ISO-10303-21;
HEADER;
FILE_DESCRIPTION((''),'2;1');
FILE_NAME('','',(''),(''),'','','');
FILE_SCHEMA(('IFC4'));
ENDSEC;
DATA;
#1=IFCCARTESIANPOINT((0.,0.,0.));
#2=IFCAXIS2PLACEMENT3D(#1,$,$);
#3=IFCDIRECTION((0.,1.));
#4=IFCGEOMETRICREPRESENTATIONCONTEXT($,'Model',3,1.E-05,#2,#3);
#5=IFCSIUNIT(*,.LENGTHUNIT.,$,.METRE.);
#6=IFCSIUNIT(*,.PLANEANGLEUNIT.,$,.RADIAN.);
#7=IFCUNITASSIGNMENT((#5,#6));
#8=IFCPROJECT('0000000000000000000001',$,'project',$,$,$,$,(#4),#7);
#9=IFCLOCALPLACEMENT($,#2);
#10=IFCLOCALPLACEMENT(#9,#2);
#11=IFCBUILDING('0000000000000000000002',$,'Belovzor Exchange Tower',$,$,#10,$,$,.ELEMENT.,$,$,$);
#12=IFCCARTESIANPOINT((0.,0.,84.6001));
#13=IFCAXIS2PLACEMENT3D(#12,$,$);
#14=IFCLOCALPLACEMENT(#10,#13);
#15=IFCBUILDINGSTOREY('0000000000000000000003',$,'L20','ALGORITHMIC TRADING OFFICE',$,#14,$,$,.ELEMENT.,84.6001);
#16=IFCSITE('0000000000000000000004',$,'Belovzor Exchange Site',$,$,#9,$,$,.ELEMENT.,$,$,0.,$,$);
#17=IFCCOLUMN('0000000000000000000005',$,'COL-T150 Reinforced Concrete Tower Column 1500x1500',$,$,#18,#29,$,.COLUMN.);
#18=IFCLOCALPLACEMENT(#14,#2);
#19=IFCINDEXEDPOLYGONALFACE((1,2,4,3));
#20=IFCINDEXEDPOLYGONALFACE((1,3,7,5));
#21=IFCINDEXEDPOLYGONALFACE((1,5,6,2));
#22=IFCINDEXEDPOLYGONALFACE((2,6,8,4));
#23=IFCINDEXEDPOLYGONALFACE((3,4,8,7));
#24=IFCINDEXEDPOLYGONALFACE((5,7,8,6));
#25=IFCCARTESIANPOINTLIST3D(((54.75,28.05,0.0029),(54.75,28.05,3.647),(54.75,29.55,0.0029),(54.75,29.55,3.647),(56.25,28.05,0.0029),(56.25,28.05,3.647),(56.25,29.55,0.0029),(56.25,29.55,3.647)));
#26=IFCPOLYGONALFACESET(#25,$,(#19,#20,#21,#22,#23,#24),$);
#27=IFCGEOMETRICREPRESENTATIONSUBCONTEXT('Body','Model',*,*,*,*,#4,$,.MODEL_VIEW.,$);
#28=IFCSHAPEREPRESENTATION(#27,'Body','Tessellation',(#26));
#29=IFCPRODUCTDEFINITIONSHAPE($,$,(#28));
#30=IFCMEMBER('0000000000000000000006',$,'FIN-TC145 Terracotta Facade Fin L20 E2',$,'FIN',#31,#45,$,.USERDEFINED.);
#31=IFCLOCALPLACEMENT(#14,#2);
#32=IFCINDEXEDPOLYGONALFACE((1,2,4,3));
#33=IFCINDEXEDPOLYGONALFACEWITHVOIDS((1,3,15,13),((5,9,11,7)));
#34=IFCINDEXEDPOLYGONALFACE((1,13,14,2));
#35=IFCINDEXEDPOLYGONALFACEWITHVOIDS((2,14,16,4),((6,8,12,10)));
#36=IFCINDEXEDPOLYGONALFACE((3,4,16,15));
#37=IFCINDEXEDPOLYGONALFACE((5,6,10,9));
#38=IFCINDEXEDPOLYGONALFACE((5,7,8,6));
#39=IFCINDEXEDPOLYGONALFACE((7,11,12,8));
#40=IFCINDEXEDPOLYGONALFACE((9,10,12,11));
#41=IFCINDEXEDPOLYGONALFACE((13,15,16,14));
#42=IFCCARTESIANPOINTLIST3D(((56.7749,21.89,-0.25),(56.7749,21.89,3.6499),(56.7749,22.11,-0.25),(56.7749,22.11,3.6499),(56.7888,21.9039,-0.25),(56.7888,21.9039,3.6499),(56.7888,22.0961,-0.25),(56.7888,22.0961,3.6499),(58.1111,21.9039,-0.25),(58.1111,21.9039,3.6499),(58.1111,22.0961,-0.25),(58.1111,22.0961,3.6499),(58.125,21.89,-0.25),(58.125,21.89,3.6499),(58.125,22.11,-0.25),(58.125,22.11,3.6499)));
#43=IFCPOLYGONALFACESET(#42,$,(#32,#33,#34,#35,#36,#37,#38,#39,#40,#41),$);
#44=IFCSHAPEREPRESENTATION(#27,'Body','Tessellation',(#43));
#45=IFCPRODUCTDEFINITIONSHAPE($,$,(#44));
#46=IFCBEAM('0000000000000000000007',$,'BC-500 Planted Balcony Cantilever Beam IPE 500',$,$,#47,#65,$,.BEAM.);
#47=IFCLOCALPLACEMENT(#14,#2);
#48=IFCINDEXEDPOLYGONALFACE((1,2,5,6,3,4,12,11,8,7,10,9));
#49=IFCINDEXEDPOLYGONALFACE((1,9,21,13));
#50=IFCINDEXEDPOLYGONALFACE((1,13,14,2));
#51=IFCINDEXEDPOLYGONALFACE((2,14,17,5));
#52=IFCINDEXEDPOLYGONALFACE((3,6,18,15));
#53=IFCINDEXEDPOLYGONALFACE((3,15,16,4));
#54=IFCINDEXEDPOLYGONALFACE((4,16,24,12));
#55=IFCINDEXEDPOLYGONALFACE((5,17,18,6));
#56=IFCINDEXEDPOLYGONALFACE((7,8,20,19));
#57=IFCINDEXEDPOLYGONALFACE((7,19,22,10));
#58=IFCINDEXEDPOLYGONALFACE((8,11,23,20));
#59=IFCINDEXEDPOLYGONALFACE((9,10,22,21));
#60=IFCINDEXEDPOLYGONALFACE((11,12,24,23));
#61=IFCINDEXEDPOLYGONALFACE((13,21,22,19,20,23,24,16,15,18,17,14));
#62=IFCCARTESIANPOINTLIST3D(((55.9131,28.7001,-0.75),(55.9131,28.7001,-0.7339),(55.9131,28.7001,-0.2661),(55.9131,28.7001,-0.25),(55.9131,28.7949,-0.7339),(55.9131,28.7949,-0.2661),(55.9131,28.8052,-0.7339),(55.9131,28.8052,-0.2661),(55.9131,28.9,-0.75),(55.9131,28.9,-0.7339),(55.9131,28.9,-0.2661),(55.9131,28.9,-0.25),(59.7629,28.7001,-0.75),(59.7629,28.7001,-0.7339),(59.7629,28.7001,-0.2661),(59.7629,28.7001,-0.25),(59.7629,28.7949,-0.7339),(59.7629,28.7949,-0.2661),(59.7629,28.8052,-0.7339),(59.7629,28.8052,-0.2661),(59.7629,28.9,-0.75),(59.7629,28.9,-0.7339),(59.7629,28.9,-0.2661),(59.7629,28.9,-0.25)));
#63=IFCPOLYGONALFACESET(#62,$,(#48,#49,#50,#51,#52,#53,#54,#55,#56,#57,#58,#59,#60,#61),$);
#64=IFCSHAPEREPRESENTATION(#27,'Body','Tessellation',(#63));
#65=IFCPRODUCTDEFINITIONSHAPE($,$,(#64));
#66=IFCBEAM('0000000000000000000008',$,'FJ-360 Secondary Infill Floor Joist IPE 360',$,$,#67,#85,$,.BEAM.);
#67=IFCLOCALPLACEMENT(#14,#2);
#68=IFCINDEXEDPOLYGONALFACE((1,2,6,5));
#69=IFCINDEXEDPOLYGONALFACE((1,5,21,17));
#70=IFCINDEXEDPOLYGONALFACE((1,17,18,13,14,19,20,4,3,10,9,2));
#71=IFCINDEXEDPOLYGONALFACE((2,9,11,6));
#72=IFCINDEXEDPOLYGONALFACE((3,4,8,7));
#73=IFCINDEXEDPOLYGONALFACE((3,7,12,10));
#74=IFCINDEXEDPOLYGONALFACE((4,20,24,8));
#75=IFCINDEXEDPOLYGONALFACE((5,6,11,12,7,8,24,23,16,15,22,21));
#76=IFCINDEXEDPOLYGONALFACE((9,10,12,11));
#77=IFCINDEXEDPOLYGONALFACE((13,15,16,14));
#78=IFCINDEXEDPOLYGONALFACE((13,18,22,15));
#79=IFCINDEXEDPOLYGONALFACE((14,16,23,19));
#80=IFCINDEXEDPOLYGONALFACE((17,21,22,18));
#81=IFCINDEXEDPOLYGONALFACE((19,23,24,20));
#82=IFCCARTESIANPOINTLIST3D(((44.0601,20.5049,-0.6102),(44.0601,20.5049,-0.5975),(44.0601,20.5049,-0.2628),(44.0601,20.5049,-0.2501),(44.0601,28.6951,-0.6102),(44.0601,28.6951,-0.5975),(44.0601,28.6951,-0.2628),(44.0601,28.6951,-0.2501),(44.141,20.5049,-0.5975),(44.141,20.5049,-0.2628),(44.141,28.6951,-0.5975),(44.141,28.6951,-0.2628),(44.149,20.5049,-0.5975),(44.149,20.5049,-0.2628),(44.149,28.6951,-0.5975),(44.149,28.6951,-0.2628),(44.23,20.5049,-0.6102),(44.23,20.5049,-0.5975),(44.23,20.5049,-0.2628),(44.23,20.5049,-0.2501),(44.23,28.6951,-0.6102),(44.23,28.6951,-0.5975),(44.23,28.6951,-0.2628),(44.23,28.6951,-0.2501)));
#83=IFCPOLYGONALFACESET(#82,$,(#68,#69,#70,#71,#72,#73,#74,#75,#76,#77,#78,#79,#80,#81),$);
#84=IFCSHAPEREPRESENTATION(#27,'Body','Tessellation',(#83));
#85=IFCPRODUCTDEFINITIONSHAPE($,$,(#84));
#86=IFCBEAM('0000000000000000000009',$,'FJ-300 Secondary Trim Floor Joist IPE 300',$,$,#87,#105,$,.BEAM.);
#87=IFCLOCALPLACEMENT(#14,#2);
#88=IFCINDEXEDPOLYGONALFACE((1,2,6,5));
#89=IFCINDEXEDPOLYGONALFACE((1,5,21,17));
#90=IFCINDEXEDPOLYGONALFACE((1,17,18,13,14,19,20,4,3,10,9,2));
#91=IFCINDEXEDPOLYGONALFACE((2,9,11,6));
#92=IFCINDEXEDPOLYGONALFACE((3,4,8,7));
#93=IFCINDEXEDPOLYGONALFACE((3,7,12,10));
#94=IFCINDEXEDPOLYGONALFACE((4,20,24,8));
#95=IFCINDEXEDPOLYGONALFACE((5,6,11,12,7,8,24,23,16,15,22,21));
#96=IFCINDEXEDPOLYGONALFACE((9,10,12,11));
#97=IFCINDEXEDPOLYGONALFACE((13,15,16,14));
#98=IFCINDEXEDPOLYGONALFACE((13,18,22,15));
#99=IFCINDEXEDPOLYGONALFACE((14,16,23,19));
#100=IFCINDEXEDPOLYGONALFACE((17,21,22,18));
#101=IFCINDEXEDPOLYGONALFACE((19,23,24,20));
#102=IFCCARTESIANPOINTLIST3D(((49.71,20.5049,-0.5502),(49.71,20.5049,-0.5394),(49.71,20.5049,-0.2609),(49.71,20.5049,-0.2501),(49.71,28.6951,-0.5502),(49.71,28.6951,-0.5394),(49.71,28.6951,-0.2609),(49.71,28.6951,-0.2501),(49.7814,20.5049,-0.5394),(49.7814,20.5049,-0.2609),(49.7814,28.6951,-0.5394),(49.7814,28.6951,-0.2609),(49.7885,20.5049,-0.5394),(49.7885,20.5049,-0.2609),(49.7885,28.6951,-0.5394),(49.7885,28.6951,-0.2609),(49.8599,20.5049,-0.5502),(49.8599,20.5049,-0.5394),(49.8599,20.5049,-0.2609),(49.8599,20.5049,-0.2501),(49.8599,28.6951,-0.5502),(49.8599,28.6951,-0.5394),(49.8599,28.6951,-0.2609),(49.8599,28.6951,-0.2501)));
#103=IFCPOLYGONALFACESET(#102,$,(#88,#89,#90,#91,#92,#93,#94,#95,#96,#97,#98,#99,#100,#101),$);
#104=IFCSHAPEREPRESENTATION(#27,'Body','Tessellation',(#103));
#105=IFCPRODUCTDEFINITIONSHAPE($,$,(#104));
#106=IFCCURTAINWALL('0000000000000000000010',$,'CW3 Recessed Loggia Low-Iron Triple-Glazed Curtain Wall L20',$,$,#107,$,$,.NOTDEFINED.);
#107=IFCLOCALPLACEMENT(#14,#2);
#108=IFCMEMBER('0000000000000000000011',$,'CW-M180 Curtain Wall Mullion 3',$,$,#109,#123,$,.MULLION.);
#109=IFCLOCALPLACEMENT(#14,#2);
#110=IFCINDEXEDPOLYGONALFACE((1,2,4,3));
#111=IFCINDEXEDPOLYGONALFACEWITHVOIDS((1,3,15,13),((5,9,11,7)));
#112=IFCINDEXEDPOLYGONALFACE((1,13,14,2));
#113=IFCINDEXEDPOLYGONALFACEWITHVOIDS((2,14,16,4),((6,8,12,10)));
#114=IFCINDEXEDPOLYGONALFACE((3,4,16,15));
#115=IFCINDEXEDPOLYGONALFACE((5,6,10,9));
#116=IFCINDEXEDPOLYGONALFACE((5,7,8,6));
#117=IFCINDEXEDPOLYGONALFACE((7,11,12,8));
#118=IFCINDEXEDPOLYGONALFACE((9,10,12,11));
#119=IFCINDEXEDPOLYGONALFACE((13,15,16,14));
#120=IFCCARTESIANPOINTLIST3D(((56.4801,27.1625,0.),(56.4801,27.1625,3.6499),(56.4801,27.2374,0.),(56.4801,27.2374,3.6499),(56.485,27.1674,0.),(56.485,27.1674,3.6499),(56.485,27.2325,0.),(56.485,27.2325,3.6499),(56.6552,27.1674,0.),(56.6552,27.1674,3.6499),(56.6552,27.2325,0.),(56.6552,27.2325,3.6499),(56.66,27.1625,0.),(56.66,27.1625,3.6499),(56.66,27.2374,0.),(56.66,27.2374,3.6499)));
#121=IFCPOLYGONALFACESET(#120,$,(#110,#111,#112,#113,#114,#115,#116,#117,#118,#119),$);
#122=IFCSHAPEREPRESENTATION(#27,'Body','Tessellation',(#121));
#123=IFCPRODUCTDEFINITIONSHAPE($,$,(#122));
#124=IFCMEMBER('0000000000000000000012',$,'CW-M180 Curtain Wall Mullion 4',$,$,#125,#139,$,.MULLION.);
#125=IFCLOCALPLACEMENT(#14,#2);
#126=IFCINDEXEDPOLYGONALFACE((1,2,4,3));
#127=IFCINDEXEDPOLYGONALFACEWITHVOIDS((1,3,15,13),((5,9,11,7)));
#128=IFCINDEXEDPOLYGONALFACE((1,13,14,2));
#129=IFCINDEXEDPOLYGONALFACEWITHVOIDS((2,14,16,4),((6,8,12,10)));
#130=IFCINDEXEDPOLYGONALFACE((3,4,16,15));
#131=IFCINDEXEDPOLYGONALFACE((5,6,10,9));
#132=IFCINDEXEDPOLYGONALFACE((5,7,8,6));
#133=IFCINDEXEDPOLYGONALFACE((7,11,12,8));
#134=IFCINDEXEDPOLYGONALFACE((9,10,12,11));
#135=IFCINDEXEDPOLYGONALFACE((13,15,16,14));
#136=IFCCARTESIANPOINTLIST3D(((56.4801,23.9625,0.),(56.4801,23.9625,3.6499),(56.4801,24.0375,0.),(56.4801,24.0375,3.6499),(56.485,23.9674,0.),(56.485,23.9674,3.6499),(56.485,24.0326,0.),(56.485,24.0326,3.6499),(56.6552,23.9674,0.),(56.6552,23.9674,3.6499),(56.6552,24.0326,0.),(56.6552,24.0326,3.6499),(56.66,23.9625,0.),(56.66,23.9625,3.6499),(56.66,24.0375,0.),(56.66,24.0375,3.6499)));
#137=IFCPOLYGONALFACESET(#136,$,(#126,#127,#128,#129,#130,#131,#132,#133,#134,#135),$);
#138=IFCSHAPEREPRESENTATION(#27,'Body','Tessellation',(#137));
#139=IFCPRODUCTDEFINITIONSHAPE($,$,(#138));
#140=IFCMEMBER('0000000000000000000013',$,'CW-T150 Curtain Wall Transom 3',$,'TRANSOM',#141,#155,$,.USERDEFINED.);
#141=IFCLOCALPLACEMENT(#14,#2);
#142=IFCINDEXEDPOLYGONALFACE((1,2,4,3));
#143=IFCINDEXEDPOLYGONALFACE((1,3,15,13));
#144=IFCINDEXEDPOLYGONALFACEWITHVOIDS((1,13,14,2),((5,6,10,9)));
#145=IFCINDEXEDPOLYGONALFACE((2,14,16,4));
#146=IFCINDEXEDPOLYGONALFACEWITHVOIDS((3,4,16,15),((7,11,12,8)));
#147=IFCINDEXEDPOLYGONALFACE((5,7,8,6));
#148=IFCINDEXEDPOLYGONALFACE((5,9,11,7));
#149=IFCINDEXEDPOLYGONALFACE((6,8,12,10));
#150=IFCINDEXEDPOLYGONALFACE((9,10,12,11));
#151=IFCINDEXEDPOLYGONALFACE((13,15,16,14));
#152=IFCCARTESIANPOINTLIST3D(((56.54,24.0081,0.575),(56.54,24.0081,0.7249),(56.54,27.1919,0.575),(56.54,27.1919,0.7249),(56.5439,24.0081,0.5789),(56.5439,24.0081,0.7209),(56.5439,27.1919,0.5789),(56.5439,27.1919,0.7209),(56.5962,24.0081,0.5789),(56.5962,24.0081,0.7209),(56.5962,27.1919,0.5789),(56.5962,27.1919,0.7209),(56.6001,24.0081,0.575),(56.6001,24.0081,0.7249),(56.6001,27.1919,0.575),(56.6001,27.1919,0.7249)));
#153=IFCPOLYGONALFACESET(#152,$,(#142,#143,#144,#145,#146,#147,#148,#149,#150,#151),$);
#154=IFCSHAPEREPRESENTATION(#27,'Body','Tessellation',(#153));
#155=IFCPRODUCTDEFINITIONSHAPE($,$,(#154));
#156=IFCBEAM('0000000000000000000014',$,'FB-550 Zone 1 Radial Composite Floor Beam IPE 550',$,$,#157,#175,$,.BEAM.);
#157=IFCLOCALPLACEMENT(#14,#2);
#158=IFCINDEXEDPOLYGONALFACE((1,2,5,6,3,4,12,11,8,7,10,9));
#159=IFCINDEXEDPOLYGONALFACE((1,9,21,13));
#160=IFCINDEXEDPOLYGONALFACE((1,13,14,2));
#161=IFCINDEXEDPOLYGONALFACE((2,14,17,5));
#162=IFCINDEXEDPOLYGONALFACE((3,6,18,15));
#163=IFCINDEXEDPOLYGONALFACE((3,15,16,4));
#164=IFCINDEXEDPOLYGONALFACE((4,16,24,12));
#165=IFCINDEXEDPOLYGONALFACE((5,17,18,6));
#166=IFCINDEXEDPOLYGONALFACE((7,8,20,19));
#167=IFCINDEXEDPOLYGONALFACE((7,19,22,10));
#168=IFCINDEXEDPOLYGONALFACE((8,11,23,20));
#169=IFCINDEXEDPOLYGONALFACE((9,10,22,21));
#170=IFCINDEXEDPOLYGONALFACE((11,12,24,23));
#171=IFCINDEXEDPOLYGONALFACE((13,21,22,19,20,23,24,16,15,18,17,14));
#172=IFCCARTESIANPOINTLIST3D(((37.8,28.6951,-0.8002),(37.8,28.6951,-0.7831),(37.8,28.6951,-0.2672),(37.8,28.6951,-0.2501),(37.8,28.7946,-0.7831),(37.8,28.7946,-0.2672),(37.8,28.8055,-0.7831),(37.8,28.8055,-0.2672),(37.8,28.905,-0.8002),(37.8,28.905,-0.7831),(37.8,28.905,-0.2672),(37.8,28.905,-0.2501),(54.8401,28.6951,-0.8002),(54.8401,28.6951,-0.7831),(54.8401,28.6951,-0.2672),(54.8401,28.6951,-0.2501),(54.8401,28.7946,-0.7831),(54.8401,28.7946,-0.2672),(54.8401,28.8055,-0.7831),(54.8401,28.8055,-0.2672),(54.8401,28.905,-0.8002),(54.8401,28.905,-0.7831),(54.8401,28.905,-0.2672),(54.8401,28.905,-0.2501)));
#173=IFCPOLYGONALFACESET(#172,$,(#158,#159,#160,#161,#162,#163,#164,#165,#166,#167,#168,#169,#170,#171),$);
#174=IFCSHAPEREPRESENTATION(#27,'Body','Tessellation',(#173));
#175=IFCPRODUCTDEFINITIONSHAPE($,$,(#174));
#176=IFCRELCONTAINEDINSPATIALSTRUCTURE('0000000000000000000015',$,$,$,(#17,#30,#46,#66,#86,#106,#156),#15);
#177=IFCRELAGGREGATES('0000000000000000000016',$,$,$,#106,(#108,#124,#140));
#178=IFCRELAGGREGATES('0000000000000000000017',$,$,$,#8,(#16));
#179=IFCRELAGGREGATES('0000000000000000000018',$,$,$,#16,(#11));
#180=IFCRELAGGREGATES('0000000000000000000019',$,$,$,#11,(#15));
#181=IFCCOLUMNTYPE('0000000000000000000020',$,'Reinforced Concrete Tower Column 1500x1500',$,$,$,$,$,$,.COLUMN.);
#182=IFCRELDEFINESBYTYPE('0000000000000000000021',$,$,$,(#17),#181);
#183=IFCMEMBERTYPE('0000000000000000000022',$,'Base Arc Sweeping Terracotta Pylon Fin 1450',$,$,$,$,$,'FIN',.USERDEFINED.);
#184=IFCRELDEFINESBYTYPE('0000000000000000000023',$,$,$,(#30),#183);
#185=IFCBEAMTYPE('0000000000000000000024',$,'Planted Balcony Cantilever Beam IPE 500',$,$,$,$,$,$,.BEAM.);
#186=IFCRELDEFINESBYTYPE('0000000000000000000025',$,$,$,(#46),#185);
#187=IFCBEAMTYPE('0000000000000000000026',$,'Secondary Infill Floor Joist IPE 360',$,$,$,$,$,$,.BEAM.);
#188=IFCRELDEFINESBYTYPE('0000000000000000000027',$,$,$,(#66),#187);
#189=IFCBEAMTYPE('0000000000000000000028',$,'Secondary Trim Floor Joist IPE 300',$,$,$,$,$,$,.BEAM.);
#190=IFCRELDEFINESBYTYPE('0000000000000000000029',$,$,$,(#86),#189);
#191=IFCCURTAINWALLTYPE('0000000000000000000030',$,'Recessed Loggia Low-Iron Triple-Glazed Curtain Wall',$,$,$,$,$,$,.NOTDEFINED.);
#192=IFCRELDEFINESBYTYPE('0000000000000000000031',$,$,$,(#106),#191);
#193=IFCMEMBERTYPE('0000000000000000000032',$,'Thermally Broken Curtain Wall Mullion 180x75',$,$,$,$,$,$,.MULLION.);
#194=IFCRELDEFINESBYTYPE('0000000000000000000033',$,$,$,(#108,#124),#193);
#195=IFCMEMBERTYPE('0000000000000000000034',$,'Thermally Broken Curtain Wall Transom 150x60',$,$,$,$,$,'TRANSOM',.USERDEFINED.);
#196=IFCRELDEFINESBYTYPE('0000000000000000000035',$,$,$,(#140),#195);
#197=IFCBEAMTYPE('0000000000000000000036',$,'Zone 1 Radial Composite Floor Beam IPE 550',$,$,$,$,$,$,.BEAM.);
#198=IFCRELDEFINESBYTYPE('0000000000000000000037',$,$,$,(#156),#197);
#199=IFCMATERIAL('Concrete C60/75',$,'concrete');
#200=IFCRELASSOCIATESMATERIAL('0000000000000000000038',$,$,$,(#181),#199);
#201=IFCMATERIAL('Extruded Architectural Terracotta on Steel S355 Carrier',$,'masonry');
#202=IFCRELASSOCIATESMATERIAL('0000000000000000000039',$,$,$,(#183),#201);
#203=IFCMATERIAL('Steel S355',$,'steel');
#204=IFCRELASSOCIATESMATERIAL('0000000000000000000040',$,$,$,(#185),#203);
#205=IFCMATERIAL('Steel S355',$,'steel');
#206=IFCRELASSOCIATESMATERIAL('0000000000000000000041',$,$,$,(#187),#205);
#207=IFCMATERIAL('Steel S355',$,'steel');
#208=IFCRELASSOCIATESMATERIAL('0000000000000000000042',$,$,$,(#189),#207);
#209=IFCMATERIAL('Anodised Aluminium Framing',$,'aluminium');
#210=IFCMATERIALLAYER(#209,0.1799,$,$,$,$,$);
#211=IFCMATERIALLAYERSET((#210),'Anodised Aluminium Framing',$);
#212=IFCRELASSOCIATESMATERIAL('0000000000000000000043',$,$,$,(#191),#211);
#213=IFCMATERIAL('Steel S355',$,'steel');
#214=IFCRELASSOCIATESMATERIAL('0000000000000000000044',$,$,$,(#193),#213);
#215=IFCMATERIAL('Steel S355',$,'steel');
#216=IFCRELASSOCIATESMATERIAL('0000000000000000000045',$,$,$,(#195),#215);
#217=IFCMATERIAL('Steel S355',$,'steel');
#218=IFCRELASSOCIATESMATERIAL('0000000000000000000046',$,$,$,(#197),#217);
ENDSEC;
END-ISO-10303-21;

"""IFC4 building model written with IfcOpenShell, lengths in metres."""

from ifc_helpers import new_model, si_unit, direction, frame, origin, origin_2d, place, context, subcontext, project, spatial, rectangle, hollow_rectangle, i_section, extrude, material, layer, layer_set, material_profile, profile_set, type_object, element, aggregate, save


model = new_model("IFC4")

# Units and contexts
model_context = context("Model", 3, precision=1e-05, world=origin(), true_north=direction((0.0, 1.0)))
body_context = subcontext(model_context, "Body", "Model", "MODEL_VIEW")
ifc_project = project(units=[si_unit("LENGTHUNIT", "METRE"), si_unit("PLANEANGLEUNIT", "RADIAN")], contexts=[model_context])

# Site, building, storey
site_placement = place(None, origin())
site = spatial("IfcSite", under=ifc_project, at=site_placement, Name="Belovzor Exchange Site", CompositionType="ELEMENT", RefElevation=0.0)
building_placement = place(site_placement, origin())
building = spatial("IfcBuilding", under=site, at=building_placement, Name="Belovzor Exchange Tower", CompositionType="ELEMENT")
storey_placement = place(building_placement, frame((0.0, 0.0, 84.6001)))
storey = spatial("IfcBuildingStorey", under=building, at=storey_placement, Name="L20", Description="ALGORITHMIC TRADING OFFICE", CompositionType="ELEMENT", Elevation=84.6001)

# Column
ifc_material_1 = material(Name="Concrete C60/75", Category="concrete")
ifc_material_profile_1 = material_profile(ifc_material_1, rectangle(XDim=1.5, YDim=1.5, at=origin_2d()))
ifc_profile_set_1 = profile_set([ifc_material_profile_1], Name="Concrete C60/75")
column_type = type_object("IfcColumnType", Name="Reinforced Concrete Tower Column 1500x1500", PredefinedType="COLUMN", material=ifc_profile_set_1)
column_placement = place(storey_placement, frame((55.5, 28.8, 0.0029), z_axis=(0.0, 0.0, 1.0), x_axis=(1.0, 0.0, 0.0)))
element("IfcColumn", 1, at=column_placement, inside=storey, type_object=column_type, Name="COL-T150 Reinforced Concrete Tower Column 1500x1500", PredefinedType="COLUMN", context=body_context, shape_type="SweptSolid", body=[
    extrude(rectangle(XDim=1.5, YDim=1.5, at=origin_2d()), origin(), (0.0, 0.0, 1.0), 3.644),
])

# Member
ifc_material_2 = material(Name="Extruded Architectural Terracotta on Steel S355 Carrier", Category="masonry")
ifc_material_profile_2 = material_profile(ifc_material_2, hollow_rectangle(XDim=0.22, YDim=1.3501, WallThickness=0.0139, at=origin_2d()))
ifc_profile_set_2 = profile_set([ifc_material_profile_2], Name="Extruded Architectural Terracotta on Steel S355 Carrier")
member_type_1 = type_object("IfcMemberType", Name="Base Arc Sweeping Terracotta Pylon Fin 1450", ElementType="FIN", PredefinedType="USERDEFINED", material=ifc_profile_set_2)
member_1_placement = place(storey_placement, frame((57.45, 22.0, -0.25), z_axis=(0.0, 0.0, 1.0), x_axis=(0.0, 1.0, 0.0)))
element("IfcMember", 2, at=member_1_placement, inside=storey, type_object=member_type_1, Name="FIN-TC145 Terracotta Facade Fin L20 E2", ObjectType="FIN", PredefinedType="USERDEFINED", context=body_context, shape_type="SweptSolid", body=[
    extrude(hollow_rectangle(XDim=0.22, YDim=1.3501, WallThickness=0.0139, at=origin_2d()), origin(), (0.0, 0.0, 1.0), 3.8999),
])

# Beams
ifc_material_3 = material(Name="Steel S355", Category="steel")
ifc_material_profile_3 = material_profile(ifc_material_3, i_section(OverallWidth=0.2, OverallDepth=0.5, WebThickness=0.0103, FlangeThickness=0.0161, at=origin_2d()))
ifc_profile_set_3 = profile_set([ifc_material_profile_3], Name="Steel S355")
beam_type_1 = type_object("IfcBeamType", Name="Planted Balcony Cantilever Beam IPE 500", PredefinedType="BEAM", material=ifc_profile_set_3)
beam_1_placement = place(storey_placement, frame((55.9131, 28.8, -0.5), z_axis=(1.0, 0.0, 0.0), x_axis=(0.0, 1.0, 0.0)))
element("IfcBeam", 3, at=beam_1_placement, inside=storey, type_object=beam_type_1, Name="BC-500 Planted Balcony Cantilever Beam IPE 500", PredefinedType="BEAM", context=body_context, shape_type="SweptSolid", body=[
    extrude(i_section(OverallWidth=0.2, OverallDepth=0.5, WebThickness=0.0103, FlangeThickness=0.0161, at=origin_2d()), origin(), (0.0, 0.0, 1.0), 3.8499),
])
ifc_material_4 = material(Name="Steel S355", Category="steel")
ifc_material_profile_4 = material_profile(ifc_material_4, i_section(OverallWidth=0.1699, OverallDepth=0.3601, WebThickness=0.0081, FlangeThickness=0.0127, at=origin_2d()))
ifc_profile_set_4 = profile_set([ifc_material_profile_4], Name="Steel S355")
beam_type_2 = type_object("IfcBeamType", Name="Secondary Infill Floor Joist IPE 360", PredefinedType="BEAM", material=ifc_profile_set_4)
beam_2_placement = place(storey_placement, frame((44.145, 20.5049, -0.4302), z_axis=(0.0, 1.0, 0.0), x_axis=(-1.0, 0.0, 0.0)))
element("IfcBeam", 4, at=beam_2_placement, inside=storey, type_object=beam_type_2, Name="FJ-360 Secondary Infill Floor Joist IPE 360", PredefinedType="BEAM", context=body_context, shape_type="SweptSolid", body=[
    extrude(i_section(OverallWidth=0.1699, OverallDepth=0.3601, WebThickness=0.0081, FlangeThickness=0.0127, at=origin_2d()), origin(), (0.0, 0.0, 1.0), 8.1902),
])
ifc_material_5 = material(Name="Steel S355", Category="steel")
ifc_material_profile_5 = material_profile(ifc_material_5, i_section(OverallWidth=0.1499, OverallDepth=0.3, WebThickness=0.0071, FlangeThickness=0.0107, at=origin_2d()))
ifc_profile_set_5 = profile_set([ifc_material_profile_5], Name="Steel S355")
beam_type_3 = type_object("IfcBeamType", Name="Secondary Trim Floor Joist IPE 300", PredefinedType="BEAM", material=ifc_profile_set_5)
beam_3_placement = place(storey_placement, frame((49.7849, 20.5049, -0.4001), z_axis=(0.0, 1.0, 0.0), x_axis=(-1.0, 0.0, 0.0)))
element("IfcBeam", 5, at=beam_3_placement, inside=storey, type_object=beam_type_3, Name="FJ-300 Secondary Trim Floor Joist IPE 300", PredefinedType="BEAM", context=body_context, shape_type="SweptSolid", body=[
    extrude(i_section(OverallWidth=0.1499, OverallDepth=0.3, WebThickness=0.0071, FlangeThickness=0.0107, at=origin_2d()), origin(), (0.0, 0.0, 1.0), 8.1902),
])

# Curtain wall, members
ifc_material_6 = material(Name="Anodised Aluminium Framing", Category="aluminium")
ifc_layer_1 = layer(ifc_material_6, 0.1799)
ifc_layer_set_1 = layer_set([ifc_layer_1], Name="Anodised Aluminium Framing")
curtain_wall_type = type_object("IfcCurtainWallType", Name="Recessed Loggia Low-Iron Triple-Glazed Curtain Wall", PredefinedType="NOTDEFINED", material=ifc_layer_set_1)
curtain_wall_placement = place(storey_placement, origin())
curtain_wall = element("IfcCurtainWall", 6, at=curtain_wall_placement, inside=storey, type_object=curtain_wall_type, Name="CW3 Recessed Loggia Low-Iron Triple-Glazed Curtain Wall L20", PredefinedType="NOTDEFINED")
ifc_material_7 = material(Name="Steel S355", Category="steel")
ifc_material_profile_6 = material_profile(ifc_material_7, hollow_rectangle(XDim=0.075, YDim=0.1799, WallThickness=0.0049, at=origin_2d()))
ifc_profile_set_6 = profile_set([ifc_material_profile_6], Name="Steel S355")
member_type_2 = type_object("IfcMemberType", Name="Thermally Broken Curtain Wall Mullion 180x75", PredefinedType="MULLION", material=ifc_profile_set_6)
member_2_placement = place(storey_placement, frame((56.5701, 27.2, 0.0), z_axis=(0.0, 0.0, 1.0), x_axis=(0.0, -1.0, 0.0)))
member_2 = element("IfcMember", 7, at=member_2_placement, type_object=member_type_2, Name="CW-M180 Curtain Wall Mullion 3", PredefinedType="MULLION", context=body_context, shape_type="SweptSolid", body=[
    extrude(hollow_rectangle(XDim=0.075, YDim=0.1799, WallThickness=0.0049, at=origin_2d()), origin(), (0.0, 0.0, 1.0), 3.6499),
])
member_3_placement = place(storey_placement, frame((56.5701, 24.0, 0.0), z_axis=(0.0, 0.0, 1.0), x_axis=(0.0, -1.0, 0.0)))
member_3 = element("IfcMember", 8, at=member_3_placement, type_object=member_type_2, Name="CW-M180 Curtain Wall Mullion 4", PredefinedType="MULLION", context=body_context, shape_type="SweptSolid", body=[
    extrude(hollow_rectangle(XDim=0.075, YDim=0.1799, WallThickness=0.0049, at=origin_2d()), origin(), (0.0, 0.0, 1.0), 3.6499),
])
ifc_material_8 = material(Name="Steel S355", Category="steel")
ifc_material_profile_7 = material_profile(ifc_material_8, hollow_rectangle(XDim=0.0601, YDim=0.1499, WallThickness=0.0039, at=origin_2d()))
ifc_profile_set_7 = profile_set([ifc_material_profile_7], Name="Steel S355")
member_type_3 = type_object("IfcMemberType", Name="Thermally Broken Curtain Wall Transom 150x60", ElementType="TRANSOM", PredefinedType="USERDEFINED", material=ifc_profile_set_7)
member_4_placement = place(storey_placement, frame((56.5701, 27.1919, 0.6499), z_axis=(0.0, -1.0, 0.0), x_axis=(1.0, 0.0, 0.0)))
member_4 = element("IfcMember", 9, at=member_4_placement, type_object=member_type_3, Name="CW-T150 Curtain Wall Transom 3", ObjectType="TRANSOM", PredefinedType="USERDEFINED", context=body_context, shape_type="SweptSolid", body=[
    extrude(hollow_rectangle(XDim=0.0601, YDim=0.1499, WallThickness=0.0039, at=origin_2d()), origin(), (0.0, 0.0, 1.0), 3.1838),
])

# Beam
ifc_material_9 = material(Name="Steel S355", Category="steel")
ifc_material_profile_8 = material_profile(ifc_material_9, i_section(OverallWidth=0.21, OverallDepth=0.55, WebThickness=0.011, FlangeThickness=0.0171, at=origin_2d()))
ifc_profile_set_8 = profile_set([ifc_material_profile_8], Name="Steel S355")
beam_type_4 = type_object("IfcBeamType", Name="Zone 1 Radial Composite Floor Beam IPE 550", PredefinedType="BEAM", material=ifc_profile_set_8)
beam_4_placement = place(storey_placement, frame((37.8, 28.8, -0.5251), z_axis=(1.0, 0.0, 0.0), x_axis=(0.0, 1.0, 0.0)))
element("IfcBeam", 10, at=beam_4_placement, inside=storey, type_object=beam_type_4, Name="FB-550 Zone 1 Radial Composite Floor Beam IPE 550", PredefinedType="BEAM", context=body_context, shape_type="SweptSolid", body=[
    extrude(i_section(OverallWidth=0.21, OverallDepth=0.55, WebThickness=0.011, FlangeThickness=0.0171, at=origin_2d()), origin(), (0.0, 0.0, 1.0), 17.04),
])

aggregate(curtain_wall, [member_2, member_3, member_4])

save(model, "model.ifc")
